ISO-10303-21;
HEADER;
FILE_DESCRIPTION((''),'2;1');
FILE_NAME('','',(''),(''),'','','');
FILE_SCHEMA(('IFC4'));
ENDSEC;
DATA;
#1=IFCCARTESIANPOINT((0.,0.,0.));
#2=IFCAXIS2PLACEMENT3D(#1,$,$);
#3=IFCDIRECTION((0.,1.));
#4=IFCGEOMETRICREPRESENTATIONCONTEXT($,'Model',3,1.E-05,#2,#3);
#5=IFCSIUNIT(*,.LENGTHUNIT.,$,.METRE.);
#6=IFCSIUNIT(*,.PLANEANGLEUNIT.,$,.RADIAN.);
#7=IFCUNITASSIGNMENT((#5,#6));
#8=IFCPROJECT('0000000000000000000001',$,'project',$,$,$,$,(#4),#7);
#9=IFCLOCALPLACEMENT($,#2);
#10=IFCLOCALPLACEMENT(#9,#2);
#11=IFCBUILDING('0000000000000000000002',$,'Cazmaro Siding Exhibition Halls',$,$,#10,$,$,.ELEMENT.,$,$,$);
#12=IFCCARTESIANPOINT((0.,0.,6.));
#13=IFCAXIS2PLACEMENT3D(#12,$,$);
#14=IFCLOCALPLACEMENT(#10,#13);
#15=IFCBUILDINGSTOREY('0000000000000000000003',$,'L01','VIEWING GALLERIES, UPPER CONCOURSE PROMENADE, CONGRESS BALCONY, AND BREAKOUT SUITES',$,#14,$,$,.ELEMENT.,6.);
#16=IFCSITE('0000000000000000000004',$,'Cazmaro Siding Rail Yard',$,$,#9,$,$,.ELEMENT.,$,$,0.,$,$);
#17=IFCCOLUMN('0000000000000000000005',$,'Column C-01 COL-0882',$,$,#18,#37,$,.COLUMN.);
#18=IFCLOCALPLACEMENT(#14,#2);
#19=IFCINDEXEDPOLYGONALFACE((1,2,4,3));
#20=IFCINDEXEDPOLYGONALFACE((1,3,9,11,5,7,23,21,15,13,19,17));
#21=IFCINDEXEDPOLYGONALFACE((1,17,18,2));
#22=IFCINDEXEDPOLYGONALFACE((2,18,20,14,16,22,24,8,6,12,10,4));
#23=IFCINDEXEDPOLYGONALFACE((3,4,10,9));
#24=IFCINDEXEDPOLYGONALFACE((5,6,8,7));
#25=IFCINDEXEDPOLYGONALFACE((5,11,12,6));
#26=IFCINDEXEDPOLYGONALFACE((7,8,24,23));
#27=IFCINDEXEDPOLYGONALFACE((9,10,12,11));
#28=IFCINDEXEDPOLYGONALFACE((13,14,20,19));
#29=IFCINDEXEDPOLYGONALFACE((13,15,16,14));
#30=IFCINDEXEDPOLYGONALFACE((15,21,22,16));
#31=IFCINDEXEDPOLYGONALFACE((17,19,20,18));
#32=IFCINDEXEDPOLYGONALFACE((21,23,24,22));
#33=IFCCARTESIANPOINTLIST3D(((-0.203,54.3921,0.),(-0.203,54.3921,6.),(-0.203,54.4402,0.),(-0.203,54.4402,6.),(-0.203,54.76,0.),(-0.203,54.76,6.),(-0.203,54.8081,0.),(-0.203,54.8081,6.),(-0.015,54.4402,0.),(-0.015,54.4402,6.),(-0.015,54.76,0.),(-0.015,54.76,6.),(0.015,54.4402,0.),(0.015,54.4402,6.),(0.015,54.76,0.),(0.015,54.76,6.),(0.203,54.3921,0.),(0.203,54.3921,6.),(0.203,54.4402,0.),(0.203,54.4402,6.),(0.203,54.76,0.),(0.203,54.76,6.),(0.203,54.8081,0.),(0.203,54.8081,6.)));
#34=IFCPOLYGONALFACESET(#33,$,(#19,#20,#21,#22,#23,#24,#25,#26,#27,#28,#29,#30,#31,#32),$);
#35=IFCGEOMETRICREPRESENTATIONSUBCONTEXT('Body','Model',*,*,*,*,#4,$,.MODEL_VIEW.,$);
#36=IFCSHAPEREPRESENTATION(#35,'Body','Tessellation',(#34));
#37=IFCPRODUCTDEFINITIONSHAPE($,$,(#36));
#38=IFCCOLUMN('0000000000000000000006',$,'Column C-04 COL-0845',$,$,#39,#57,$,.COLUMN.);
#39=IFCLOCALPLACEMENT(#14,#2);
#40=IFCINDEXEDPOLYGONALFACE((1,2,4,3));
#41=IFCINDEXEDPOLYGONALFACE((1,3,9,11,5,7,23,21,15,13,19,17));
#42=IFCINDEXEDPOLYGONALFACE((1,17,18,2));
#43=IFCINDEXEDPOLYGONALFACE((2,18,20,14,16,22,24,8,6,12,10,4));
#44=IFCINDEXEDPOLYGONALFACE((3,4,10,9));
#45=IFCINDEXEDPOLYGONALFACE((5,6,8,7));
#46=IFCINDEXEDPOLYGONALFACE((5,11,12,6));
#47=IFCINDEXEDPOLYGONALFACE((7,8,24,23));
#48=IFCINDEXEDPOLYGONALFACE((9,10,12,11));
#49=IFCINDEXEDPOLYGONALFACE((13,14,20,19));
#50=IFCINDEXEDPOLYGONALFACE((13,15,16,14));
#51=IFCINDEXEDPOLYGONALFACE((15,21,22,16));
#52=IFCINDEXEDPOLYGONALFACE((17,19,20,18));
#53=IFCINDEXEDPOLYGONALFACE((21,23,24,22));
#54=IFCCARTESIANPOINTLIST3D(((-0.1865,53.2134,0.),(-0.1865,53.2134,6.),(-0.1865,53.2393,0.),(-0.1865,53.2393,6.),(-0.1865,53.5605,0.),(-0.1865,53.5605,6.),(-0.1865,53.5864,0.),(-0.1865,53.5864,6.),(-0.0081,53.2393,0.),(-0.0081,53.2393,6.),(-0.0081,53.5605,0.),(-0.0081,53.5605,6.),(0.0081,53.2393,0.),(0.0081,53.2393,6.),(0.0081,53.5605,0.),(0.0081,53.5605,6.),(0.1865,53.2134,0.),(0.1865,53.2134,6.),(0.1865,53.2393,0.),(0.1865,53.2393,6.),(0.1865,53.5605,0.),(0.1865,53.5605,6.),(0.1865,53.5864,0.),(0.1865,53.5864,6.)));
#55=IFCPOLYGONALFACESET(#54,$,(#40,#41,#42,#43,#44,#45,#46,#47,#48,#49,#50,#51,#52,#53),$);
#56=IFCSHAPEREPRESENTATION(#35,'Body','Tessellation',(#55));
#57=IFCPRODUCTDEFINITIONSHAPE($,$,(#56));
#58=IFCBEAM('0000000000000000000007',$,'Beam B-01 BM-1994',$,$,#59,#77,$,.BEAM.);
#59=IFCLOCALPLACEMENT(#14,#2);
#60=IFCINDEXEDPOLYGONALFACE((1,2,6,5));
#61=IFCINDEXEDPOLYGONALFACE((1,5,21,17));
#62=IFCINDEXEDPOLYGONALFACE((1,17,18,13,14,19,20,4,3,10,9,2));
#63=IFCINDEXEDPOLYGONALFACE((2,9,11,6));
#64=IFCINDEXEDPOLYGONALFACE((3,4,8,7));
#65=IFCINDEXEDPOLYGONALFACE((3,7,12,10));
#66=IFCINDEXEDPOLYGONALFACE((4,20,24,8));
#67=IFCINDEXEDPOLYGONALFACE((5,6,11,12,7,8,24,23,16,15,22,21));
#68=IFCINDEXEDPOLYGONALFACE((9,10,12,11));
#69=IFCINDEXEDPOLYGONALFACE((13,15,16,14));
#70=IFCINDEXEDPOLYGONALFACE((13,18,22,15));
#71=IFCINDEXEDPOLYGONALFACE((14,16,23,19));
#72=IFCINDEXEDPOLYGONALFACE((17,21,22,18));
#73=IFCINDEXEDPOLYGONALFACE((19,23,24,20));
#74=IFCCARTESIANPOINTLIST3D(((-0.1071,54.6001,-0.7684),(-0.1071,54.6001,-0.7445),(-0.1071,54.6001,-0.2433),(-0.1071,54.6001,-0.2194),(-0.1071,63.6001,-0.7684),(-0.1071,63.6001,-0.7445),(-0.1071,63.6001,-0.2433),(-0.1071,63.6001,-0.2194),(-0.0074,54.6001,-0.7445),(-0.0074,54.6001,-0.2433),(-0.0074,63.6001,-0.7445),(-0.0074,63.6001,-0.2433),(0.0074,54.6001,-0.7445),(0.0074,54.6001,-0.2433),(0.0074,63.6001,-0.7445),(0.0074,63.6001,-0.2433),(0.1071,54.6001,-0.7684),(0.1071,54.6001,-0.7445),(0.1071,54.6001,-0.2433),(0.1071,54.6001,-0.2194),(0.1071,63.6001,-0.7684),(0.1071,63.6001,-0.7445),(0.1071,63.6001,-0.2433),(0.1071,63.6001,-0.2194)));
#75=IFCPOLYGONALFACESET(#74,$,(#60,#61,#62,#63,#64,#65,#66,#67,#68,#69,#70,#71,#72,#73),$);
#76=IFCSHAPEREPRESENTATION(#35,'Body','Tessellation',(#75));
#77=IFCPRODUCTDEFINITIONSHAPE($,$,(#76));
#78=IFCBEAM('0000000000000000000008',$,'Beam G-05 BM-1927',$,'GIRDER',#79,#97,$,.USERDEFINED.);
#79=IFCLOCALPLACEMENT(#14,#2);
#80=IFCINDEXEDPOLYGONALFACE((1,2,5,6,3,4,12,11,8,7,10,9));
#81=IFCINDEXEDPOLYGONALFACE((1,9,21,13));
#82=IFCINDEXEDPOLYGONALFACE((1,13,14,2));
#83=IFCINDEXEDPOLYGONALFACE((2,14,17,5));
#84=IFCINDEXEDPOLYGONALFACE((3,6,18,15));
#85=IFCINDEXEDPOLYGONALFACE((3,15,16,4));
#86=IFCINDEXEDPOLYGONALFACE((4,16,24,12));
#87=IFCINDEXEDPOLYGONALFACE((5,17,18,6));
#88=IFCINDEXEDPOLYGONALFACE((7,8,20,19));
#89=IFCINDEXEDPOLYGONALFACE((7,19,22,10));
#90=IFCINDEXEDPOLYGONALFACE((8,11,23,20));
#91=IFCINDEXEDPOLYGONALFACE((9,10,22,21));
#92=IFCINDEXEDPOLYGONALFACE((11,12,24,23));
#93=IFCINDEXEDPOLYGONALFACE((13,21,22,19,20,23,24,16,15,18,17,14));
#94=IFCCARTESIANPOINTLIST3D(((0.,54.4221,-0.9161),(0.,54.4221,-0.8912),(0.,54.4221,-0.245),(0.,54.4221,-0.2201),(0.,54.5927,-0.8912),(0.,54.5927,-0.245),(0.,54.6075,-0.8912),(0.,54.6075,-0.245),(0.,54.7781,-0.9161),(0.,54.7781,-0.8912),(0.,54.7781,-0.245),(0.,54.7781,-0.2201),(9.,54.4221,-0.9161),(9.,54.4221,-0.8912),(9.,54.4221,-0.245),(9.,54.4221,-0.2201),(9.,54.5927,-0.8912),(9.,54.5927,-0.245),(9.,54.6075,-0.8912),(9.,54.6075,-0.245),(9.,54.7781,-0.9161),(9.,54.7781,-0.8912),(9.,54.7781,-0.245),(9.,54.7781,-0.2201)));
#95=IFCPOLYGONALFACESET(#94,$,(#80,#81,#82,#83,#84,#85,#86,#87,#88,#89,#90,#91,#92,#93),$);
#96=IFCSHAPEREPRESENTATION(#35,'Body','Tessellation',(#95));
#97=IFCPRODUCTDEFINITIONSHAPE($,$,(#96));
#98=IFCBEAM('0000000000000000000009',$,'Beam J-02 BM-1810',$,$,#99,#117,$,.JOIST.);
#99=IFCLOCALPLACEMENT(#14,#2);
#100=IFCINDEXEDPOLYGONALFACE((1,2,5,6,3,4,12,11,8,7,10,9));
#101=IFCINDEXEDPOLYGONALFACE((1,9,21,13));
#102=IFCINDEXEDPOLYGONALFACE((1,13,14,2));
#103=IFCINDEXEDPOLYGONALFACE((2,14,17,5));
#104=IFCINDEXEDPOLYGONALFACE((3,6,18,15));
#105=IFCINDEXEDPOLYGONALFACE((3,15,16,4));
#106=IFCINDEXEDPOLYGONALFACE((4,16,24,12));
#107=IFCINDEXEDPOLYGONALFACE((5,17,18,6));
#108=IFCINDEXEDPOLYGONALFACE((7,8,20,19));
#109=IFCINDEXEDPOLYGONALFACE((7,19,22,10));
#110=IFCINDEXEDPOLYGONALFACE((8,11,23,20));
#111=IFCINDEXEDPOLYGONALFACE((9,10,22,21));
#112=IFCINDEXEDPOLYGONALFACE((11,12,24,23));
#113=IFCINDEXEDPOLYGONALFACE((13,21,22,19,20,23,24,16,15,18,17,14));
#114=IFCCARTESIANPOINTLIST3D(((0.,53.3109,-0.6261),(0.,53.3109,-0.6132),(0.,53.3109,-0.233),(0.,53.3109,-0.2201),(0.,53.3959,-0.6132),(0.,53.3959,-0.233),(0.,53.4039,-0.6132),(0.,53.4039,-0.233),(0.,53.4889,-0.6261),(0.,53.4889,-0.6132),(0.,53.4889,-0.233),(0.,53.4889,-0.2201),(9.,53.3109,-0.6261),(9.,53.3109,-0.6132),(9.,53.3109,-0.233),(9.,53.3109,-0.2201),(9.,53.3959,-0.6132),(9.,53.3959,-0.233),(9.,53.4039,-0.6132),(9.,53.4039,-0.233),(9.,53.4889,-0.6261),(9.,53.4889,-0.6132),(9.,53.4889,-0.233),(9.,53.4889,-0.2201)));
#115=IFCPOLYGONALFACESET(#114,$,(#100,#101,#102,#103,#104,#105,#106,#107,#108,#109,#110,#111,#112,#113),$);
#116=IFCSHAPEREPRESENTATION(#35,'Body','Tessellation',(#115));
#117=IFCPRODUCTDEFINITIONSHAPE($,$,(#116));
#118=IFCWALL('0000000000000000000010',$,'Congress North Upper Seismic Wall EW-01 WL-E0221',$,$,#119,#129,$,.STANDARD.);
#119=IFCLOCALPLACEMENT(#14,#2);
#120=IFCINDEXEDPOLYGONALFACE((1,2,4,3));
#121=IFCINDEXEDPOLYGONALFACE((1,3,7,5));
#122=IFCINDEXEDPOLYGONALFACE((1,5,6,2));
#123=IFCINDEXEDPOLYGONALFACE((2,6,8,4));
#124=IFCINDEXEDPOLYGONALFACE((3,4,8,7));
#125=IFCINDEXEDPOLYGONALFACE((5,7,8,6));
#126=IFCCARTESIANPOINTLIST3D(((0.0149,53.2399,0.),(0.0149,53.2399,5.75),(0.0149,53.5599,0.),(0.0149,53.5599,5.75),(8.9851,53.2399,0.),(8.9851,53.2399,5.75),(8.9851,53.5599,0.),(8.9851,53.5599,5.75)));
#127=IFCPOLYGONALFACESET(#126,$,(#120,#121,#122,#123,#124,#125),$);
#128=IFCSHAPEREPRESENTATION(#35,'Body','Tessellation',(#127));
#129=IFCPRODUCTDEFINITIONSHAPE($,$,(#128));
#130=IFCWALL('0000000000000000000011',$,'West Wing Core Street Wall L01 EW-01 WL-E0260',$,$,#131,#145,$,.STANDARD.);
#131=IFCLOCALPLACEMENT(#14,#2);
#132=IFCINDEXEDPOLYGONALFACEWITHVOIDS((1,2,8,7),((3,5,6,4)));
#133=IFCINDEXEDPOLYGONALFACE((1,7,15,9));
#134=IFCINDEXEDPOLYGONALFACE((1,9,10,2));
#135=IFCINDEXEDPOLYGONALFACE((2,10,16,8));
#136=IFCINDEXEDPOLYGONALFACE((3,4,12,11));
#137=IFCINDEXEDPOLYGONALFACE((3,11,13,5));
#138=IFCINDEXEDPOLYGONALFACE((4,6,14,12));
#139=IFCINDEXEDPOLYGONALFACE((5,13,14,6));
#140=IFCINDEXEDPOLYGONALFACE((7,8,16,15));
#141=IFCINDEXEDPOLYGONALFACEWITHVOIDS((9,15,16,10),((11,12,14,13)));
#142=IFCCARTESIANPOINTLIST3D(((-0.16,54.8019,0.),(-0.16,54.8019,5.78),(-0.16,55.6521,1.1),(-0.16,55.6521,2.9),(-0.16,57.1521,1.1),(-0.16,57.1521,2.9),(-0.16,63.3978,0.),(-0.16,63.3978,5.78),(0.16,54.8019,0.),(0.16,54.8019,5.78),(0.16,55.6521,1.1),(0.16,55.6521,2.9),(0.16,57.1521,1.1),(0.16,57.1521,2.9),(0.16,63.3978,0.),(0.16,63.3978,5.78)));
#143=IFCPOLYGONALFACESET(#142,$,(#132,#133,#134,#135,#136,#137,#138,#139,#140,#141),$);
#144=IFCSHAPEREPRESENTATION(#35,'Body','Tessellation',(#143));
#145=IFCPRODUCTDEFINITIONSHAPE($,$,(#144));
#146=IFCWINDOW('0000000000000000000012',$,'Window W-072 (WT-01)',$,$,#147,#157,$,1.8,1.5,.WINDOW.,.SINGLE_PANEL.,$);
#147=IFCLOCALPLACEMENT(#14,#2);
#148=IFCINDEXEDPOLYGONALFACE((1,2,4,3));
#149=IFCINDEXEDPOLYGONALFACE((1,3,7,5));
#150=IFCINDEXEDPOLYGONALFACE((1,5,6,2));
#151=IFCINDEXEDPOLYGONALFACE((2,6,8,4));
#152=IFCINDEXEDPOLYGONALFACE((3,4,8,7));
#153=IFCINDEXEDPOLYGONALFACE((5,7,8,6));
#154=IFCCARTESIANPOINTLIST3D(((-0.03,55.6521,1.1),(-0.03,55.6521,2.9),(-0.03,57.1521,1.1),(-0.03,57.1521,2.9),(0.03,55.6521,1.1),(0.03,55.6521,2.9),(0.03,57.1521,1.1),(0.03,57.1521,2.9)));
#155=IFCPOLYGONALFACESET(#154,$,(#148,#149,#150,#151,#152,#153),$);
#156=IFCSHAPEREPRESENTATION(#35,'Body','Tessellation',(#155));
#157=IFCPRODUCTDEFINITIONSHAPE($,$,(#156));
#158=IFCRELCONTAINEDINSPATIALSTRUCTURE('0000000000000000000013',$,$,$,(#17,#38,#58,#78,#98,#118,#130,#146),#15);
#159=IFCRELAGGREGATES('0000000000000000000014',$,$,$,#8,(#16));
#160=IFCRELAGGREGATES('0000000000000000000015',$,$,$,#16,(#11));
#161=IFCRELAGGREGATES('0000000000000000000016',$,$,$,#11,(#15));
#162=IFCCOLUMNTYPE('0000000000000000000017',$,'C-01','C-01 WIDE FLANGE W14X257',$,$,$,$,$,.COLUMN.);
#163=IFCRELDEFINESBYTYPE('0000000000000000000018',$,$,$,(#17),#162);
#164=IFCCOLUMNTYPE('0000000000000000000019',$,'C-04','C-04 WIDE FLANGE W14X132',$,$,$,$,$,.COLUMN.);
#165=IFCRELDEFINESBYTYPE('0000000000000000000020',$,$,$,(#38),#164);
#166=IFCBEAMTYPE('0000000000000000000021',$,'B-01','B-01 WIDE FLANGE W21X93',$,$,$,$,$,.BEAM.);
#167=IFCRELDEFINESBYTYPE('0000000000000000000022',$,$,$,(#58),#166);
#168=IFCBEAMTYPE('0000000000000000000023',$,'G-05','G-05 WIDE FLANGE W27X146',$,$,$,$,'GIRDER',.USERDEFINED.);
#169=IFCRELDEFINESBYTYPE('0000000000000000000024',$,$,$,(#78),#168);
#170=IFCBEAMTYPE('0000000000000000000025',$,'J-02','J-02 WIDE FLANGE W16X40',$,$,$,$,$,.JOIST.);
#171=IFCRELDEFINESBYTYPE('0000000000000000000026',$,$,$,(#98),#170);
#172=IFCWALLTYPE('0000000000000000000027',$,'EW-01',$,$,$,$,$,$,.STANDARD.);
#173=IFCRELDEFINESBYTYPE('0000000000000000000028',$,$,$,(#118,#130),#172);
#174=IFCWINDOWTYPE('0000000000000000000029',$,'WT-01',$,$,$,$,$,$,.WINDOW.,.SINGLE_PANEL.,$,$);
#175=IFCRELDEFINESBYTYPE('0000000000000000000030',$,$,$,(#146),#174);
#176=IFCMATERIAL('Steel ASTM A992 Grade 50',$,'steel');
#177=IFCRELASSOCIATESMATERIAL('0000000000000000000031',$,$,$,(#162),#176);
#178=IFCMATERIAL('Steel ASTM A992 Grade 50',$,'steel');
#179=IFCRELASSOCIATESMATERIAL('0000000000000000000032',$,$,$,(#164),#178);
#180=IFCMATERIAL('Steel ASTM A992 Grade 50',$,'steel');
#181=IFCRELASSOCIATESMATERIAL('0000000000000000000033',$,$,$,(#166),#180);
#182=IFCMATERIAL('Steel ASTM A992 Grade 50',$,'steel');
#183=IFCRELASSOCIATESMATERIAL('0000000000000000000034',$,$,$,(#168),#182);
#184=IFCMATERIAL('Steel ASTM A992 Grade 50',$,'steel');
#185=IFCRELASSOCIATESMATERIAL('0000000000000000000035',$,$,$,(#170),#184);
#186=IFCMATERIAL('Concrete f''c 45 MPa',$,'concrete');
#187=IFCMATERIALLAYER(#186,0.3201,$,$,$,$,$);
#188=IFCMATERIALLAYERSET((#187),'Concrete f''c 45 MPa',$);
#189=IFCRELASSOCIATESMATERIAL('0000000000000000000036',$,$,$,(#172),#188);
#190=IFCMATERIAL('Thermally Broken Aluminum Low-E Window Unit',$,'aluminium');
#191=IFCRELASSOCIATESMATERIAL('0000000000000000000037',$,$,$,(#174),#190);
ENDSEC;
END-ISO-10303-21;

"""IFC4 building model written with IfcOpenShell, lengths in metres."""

from ifc_helpers import new_model, si_unit, direction, frame, frame_2d, origin, origin_2d, place, context, subcontext, project, spatial, rectangle, i_section, extrude, material, layer, layer_set, material_profile, profile_set, type_object, element, fill, save


model = new_model("IFC4")

# Units and contexts
model_context = context("Model", 3, precision=1e-05, world=origin(), true_north=direction((0.0, 1.0)))
body_context = subcontext(model_context, "Body", "Model", "MODEL_VIEW")
ifc_project = project(units=[si_unit("LENGTHUNIT", "METRE"), si_unit("PLANEANGLEUNIT", "RADIAN")], contexts=[model_context])

# Site, building, storey
site_placement = place(None, origin())
site = spatial("IfcSite", under=ifc_project, at=site_placement, Name="Cazmaro Siding Rail Yard", CompositionType="ELEMENT", RefElevation=0.0)
building_placement = place(site_placement, origin())
building = spatial("IfcBuilding", under=site, at=building_placement, Name="Cazmaro Siding Exhibition Halls", CompositionType="ELEMENT")
storey_placement = place(building_placement, frame((0.0, 0.0, 6.0)))
storey = spatial("IfcBuildingStorey", under=building, at=storey_placement, Name="L01", Description="VIEWING GALLERIES, UPPER CONCOURSE PROMENADE, CONGRESS BALCONY, AND BREAKOUT SUITES", CompositionType="ELEMENT", Elevation=6.0)

# Columns
ifc_material_1 = material(Name="Steel ASTM A992 Grade 50", Category="steel")
ifc_material_profile_1 = material_profile(ifc_material_1, i_section(OverallWidth=0.406, OverallDepth=0.416, WebThickness=0.03, FlangeThickness=0.0481, at=origin_2d()), Name="W14X257")
ifc_profile_set_1 = profile_set([ifc_material_profile_1], Name="Steel ASTM A992 Grade 50")
column_type_1 = type_object("IfcColumnType", Name="C-01", Description="C-01 WIDE FLANGE W14X257", PredefinedType="COLUMN", material=ifc_profile_set_1)
column_1_placement = place(storey_placement, frame((0.0, 54.6001, 0.0), z_axis=(0.0, 0.0, 1.0), x_axis=(1.0, 0.0, 0.0)))
element("IfcColumn", 1, at=column_1_placement, inside=storey, type_object=column_type_1, Name="Column C-01 COL-0882", PredefinedType="COLUMN", context=body_context, shape_type="SweptSolid", body=[
    extrude(i_section(OverallWidth=0.406, OverallDepth=0.416, WebThickness=0.03, FlangeThickness=0.0481, at=origin_2d()), origin(), (0.0, 0.0, 1.0), 6.0),
])
ifc_material_2 = material(Name="Steel ASTM A992 Grade 50", Category="steel")
ifc_material_profile_2 = material_profile(ifc_material_2, i_section(OverallWidth=0.373, OverallDepth=0.373, WebThickness=0.0161, FlangeThickness=0.0259, at=origin_2d()), Name="W14X132")
ifc_profile_set_2 = profile_set([ifc_material_profile_2], Name="Steel ASTM A992 Grade 50")
column_type_2 = type_object("IfcColumnType", Name="C-04", Description="C-04 WIDE FLANGE W14X132", PredefinedType="COLUMN", material=ifc_profile_set_2)
column_2_placement = place(storey_placement, frame((0.0, 53.3999, 0.0), z_axis=(0.0, 0.0, 1.0), x_axis=(1.0, 0.0, 0.0)))
element("IfcColumn", 2, at=column_2_placement, inside=storey, type_object=column_type_2, Name="Column C-04 COL-0845", PredefinedType="COLUMN", context=body_context, shape_type="SweptSolid", body=[
    extrude(i_section(OverallWidth=0.373, OverallDepth=0.373, WebThickness=0.0161, FlangeThickness=0.0259, at=origin_2d()), origin(), (0.0, 0.0, 1.0), 6.0),
])

# Beams
ifc_material_3 = material(Name="Steel ASTM A992 Grade 50", Category="steel")
ifc_material_profile_3 = material_profile(ifc_material_3, i_section(OverallWidth=0.2141, OverallDepth=0.5491, WebThickness=0.0149, FlangeThickness=0.0239, at=origin_2d()), Name="W21X93")
ifc_profile_set_3 = profile_set([ifc_material_profile_3], Name="Steel ASTM A992 Grade 50")
beam_type_1 = type_object("IfcBeamType", Name="B-01", Description="B-01 WIDE FLANGE W21X93", PredefinedType="BEAM", material=ifc_profile_set_3)
beam_1_placement = place(storey_placement, frame((0.0, 54.6001, -0.4939), z_axis=(0.0, 1.0, 0.0), x_axis=(-1.0, 0.0, 0.0)))
element("IfcBeam", 3, at=beam_1_placement, inside=storey, type_object=beam_type_1, Name="Beam B-01 BM-1994", PredefinedType="BEAM", context=body_context, shape_type="SweptSolid", body=[
    extrude(i_section(OverallWidth=0.2141, OverallDepth=0.5491, WebThickness=0.0149, FlangeThickness=0.0239, at=origin_2d()), origin(), (0.0, 0.0, 1.0), 9.0),
])
ifc_material_4 = material(Name="Steel ASTM A992 Grade 50", Category="steel")
ifc_material_profile_4 = material_profile(ifc_material_4, i_section(OverallWidth=0.356, OverallDepth=0.696, WebThickness=0.0149, FlangeThickness=0.0249, at=origin_2d()), Name="W27X146")
ifc_profile_set_4 = profile_set([ifc_material_profile_4], Name="Steel ASTM A992 Grade 50")
beam_type_2 = type_object("IfcBeamType", Name="G-05", Description="G-05 WIDE FLANGE W27X146", ElementType="GIRDER", PredefinedType="USERDEFINED", material=ifc_profile_set_4)
beam_2_placement = place(storey_placement, frame((0.0, 54.6001, -0.5681), z_axis=(1.0, 0.0, 0.0), x_axis=(0.0, 1.0, 0.0)))
element("IfcBeam", 4, at=beam_2_placement, inside=storey, type_object=beam_type_2, Name="Beam G-05 BM-1927", ObjectType="GIRDER", PredefinedType="USERDEFINED", context=body_context, shape_type="SweptSolid", body=[
    extrude(i_section(OverallWidth=0.356, OverallDepth=0.696, WebThickness=0.0149, FlangeThickness=0.0249, at=origin_2d()), origin(), (0.0, 0.0, 1.0), 9.0),
])
ifc_material_5 = material(Name="Steel ASTM A992 Grade 50", Category="steel")
ifc_material_profile_5 = material_profile(ifc_material_5, i_section(OverallWidth=0.178, OverallDepth=0.406, WebThickness=0.0081, FlangeThickness=0.0129, at=origin_2d()), Name="W16X40")
ifc_profile_set_5 = profile_set([ifc_material_profile_5], Name="Steel ASTM A992 Grade 50")
beam_type_3 = type_object("IfcBeamType", Name="J-02", Description="J-02 WIDE FLANGE W16X40", PredefinedType="JOIST", material=ifc_profile_set_5)
beam_3_placement = place(storey_placement, frame((0.0, 53.3999, -0.4231), z_axis=(1.0, 0.0, 0.0), x_axis=(0.0, 1.0, 0.0)))
element("IfcBeam", 5, at=beam_3_placement, inside=storey, type_object=beam_type_3, Name="Beam J-02 BM-1810", PredefinedType="JOIST", context=body_context, shape_type="SweptSolid", body=[
    extrude(i_section(OverallWidth=0.178, OverallDepth=0.406, WebThickness=0.0081, FlangeThickness=0.0129, at=origin_2d()), origin(), (0.0, 0.0, 1.0), 9.0),
])

# Wall
ifc_material_6 = material(Name="Concrete f'c 45 MPa", Category="concrete")
ifc_layer_1 = layer(ifc_material_6, 0.3201)
ifc_layer_set_1 = layer_set([ifc_layer_1], Name="Concrete f'c 45 MPa")
wall_type_1 = type_object("IfcWallType", Name="EW-01", PredefinedType="STANDARD", material=ifc_layer_set_1)
wall_1_placement = place(storey_placement, frame((0.0149, 53.3999, 0.0), z_axis=(0.0, 0.0, 1.0), x_axis=(1.0, 0.0, 0.0)))
element("IfcWall", 6, at=wall_1_placement, inside=storey, type_object=wall_type_1, Name="Congress North Upper Seismic Wall EW-01 WL-E0221", PredefinedType="STANDARD", context=body_context, shape_type="SweptSolid", body=[
    extrude(rectangle(XDim=8.9702, YDim=0.3201, at=frame_2d((4.4851, 0.0))), origin(), (0.0, 0.0, 1.0), 5.75),
])

# Wall, opening, window
wall_2_placement = place(storey_placement, frame((0.0, 54.802, 0.0), z_axis=(0.0, 0.0, 1.0), x_axis=(0.0, 1.0, 0.0)))
wall_2 = element("IfcWall", 7, at=wall_2_placement, inside=storey, type_object=wall_type_1, Name="West Wing Core Street Wall L01 EW-01 WL-E0260", PredefinedType="STANDARD", context=body_context, shape_type="SweptSolid", body=[
    extrude(rectangle(XDim=8.5959, YDim=0.3201, at=frame_2d((4.2979, 0.0))), origin(), (0.0, 0.0, 1.0), 5.78),
])
opening_1_placement = place(wall_2_placement, frame((0.8501, 0.0, 1.1001)))
opening_1 = element("IfcOpeningElement", 8, at=opening_1_placement, cuts=wall_2, PredefinedType="OPENING", context=body_context, shape_type="SweptSolid", body=[
    extrude(rectangle(XDim=1.5, YDim=1.8, at=frame_2d((0.75, 0.8999))), frame((0.0, 0.1699, 0.0), z_axis=(0.0, -1.0, 0.0), x_axis=(1.0, 0.0, 0.0)), (0.0, 0.0, 1.0), 0.3401),
])
ifc_material_7 = material(Name="Thermally Broken Aluminum Low-E Window Unit", Category="aluminium")
window_type = type_object("IfcWindowType", Name="WT-01", PartitioningType="SINGLE_PANEL", PredefinedType="WINDOW", material=ifc_material_7)
window_placement = place(opening_1_placement, origin())
window = element("IfcWindow", 9, at=window_placement, inside=storey, type_object=window_type, Name="Window W-072 (WT-01)", OverallHeight=1.8, OverallWidth=1.5, PartitioningType="SINGLE_PANEL", PredefinedType="WINDOW", context=body_context, shape_type="SweptSolid", body=[
    extrude(rectangle(XDim=1.5, YDim=1.8, at=frame_2d((0.75, 0.8999))), frame((0.0, 0.03, 0.0), z_axis=(0.0, -1.0, 0.0), x_axis=(1.0, 0.0, 0.0)), (0.0, 0.0, 1.0), 0.0601),
])
fill(opening_1, window)

save(model, "model.ifc")
